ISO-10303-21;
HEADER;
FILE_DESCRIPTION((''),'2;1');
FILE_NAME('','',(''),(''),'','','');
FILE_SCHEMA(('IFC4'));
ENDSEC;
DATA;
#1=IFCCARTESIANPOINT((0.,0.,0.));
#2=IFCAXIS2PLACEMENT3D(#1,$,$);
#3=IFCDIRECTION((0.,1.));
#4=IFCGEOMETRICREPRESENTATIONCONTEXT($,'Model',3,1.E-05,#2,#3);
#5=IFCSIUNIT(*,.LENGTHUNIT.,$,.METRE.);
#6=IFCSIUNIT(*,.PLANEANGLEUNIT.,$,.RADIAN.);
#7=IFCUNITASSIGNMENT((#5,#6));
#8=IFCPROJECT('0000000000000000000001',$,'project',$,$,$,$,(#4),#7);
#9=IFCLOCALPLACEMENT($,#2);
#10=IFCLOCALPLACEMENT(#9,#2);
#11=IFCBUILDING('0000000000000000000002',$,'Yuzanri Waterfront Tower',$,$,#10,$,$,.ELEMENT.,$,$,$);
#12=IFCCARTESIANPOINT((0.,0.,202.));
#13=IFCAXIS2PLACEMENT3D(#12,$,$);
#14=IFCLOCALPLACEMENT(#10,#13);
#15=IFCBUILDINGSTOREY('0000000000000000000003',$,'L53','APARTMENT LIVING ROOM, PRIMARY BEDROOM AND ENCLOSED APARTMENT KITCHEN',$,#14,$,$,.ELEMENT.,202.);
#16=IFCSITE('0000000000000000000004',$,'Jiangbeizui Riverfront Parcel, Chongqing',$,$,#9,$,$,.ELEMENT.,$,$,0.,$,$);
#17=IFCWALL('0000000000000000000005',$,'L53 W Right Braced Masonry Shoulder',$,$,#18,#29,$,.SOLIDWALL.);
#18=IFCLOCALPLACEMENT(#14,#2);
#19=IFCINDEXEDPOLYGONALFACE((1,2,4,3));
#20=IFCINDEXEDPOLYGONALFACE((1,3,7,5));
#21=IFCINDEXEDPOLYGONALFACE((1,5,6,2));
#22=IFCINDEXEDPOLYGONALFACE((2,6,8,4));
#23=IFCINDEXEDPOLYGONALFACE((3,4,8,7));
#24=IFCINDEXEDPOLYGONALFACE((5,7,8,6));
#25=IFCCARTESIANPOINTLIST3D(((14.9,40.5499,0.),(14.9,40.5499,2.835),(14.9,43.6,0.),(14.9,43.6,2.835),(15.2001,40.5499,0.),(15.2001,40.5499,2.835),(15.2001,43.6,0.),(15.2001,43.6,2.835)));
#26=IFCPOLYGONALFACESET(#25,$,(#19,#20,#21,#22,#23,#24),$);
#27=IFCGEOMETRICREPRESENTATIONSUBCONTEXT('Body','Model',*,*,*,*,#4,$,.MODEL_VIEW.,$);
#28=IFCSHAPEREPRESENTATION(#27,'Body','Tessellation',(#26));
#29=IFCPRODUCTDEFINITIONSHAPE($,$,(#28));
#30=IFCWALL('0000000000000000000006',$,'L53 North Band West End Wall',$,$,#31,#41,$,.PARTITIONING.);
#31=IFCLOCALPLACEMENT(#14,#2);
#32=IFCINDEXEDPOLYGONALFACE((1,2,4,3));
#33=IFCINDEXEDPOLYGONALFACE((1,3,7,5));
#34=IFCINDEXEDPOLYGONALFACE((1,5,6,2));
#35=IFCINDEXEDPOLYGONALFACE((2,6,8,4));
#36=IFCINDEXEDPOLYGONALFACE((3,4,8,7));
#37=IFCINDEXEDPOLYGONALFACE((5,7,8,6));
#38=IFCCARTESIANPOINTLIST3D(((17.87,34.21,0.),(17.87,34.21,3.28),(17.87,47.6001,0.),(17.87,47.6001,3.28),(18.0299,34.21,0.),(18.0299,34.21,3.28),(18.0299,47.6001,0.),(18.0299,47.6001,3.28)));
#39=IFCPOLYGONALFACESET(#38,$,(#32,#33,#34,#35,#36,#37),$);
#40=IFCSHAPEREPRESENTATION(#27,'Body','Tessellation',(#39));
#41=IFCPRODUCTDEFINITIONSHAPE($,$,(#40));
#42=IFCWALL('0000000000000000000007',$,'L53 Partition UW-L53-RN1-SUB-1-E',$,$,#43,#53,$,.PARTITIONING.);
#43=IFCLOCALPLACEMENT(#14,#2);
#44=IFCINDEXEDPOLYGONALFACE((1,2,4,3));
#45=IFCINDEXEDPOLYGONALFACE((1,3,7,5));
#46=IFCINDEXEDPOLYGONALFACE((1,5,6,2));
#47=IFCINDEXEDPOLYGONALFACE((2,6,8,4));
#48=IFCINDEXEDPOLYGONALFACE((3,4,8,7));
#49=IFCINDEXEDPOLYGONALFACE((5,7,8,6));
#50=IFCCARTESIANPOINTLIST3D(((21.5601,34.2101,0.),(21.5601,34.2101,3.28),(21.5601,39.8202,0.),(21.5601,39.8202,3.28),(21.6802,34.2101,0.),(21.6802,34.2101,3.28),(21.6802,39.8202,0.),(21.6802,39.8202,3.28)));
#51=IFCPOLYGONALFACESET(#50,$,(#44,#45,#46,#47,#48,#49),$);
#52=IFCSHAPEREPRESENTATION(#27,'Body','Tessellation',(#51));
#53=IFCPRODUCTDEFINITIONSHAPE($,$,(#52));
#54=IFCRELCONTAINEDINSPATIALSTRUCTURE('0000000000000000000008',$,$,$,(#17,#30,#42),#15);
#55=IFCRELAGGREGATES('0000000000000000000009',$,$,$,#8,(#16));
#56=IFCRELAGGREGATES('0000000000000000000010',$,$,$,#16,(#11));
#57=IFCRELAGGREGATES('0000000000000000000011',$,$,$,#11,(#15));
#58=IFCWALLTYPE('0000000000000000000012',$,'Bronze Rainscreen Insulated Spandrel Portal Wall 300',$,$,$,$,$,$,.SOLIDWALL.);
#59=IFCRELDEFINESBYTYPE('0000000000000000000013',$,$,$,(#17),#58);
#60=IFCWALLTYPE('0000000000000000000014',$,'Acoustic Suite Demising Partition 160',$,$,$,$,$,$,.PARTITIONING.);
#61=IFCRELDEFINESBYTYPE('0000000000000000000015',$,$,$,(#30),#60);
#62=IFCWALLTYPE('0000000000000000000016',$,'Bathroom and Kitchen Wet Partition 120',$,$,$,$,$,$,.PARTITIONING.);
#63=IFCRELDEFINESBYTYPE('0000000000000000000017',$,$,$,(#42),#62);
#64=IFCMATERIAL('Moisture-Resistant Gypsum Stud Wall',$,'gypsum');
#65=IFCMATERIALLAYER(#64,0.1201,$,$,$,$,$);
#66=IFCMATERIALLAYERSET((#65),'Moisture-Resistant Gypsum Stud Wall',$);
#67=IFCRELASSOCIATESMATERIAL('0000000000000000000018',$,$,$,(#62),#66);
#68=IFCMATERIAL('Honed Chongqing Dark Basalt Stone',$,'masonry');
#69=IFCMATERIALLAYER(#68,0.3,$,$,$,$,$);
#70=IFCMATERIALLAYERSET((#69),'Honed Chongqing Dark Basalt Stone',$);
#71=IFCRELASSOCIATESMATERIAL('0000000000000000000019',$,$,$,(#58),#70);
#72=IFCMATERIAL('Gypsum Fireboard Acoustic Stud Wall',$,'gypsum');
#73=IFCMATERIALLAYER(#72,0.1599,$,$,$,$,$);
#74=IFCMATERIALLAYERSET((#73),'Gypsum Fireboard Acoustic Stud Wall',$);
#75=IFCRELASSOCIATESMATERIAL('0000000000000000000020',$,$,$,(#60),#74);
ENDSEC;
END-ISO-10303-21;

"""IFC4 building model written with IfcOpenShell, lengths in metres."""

from ifc_helpers import new_model, si_unit, direction, frame, frame_2d, origin, place, context, subcontext, project, spatial, rectangle, extrude, source, transform, mapped, material, layer, layer_set, type_object, element, save


model = new_model("IFC4")

# Units and contexts
model_context = context("Model", 3, precision=1e-05, world=origin(), true_north=direction((0.0, 1.0)))
body_context = subcontext(model_context, "Body", "Model", "MODEL_VIEW")
ifc_project = project(units=[si_unit("LENGTHUNIT", "METRE"), si_unit("PLANEANGLEUNIT", "RADIAN")], contexts=[model_context])

# Site, building, storey
site_placement = place(None, origin())
site = spatial("IfcSite", under=ifc_project, at=site_placement, Name="Jiangbeizui Riverfront Parcel, Chongqing", CompositionType="ELEMENT", RefElevation=0.0)
building_placement = place(site_placement, origin())
building = spatial("IfcBuilding", under=site, at=building_placement, Name="Yuzanri Waterfront Tower", CompositionType="ELEMENT")
storey_placement = place(building_placement, frame((0.0, 0.0, 202.0)))
storey = spatial("IfcBuildingStorey", under=building, at=storey_placement, Name="L53", Description="APARTMENT LIVING ROOM, PRIMARY BEDROOM AND ENCLOSED APARTMENT KITCHEN", CompositionType="ELEMENT", Elevation=202.0)

# Shared definitions
ifc_material_1 = material(Name="Moisture-Resistant Gypsum Stud Wall", Category="gypsum")
ifc_layer_1 = layer(ifc_material_1, 0.1201)
ifc_layer_set_1 = layer_set([ifc_layer_1], Name="Moisture-Resistant Gypsum Stud Wall")
wall_type_1 = type_object("IfcWallType", Name="Bathroom and Kitchen Wet Partition 120", PredefinedType="PARTITIONING", material=ifc_layer_set_1)

# Shared definitions
ifc_material_2 = material(Name="Honed Chongqing Dark Basalt Stone", Category="masonry")
ifc_layer_2 = layer(ifc_material_2, 0.3)
ifc_layer_set_2 = layer_set([ifc_layer_2], Name="Honed Chongqing Dark Basalt Stone")
wall_type_2 = type_object("IfcWallType", Name="Bronze Rainscreen Insulated Spandrel Portal Wall 300", PredefinedType="SOLIDWALL", material=ifc_layer_set_2)

# Walls
shared_shape_1 = source(origin(), body_context, "Body", "SweptSolid", [
    extrude(rectangle(XDim=3.05, YDim=0.3, at=frame_2d((1.5249, 0.0))), origin(), (0.0, 0.0, 1.0), 2.835),
])
for number, where, z_axis, x_axis, name in (
    (1, (15.05, 40.55, 0.0), (0.0, 0.0, 1.0), (0.0, 1.0, 0.0), "L53 W Right Braced Masonry Shoulder"),
):
    element("IfcWall", number, at=place(storey_placement, frame(where, z_axis=z_axis, x_axis=x_axis)), inside=storey, type_object=wall_type_2, Name=name, PredefinedType="SOLIDWALL", context=body_context, shape_type="MappedRepresentation", body=[
        mapped(shared_shape_1, transform((0.0, 0.0, 0.0), scale=1.0)),
    ])
ifc_material_3 = material(Name="Gypsum Fireboard Acoustic Stud Wall", Category="gypsum")
ifc_layer_3 = layer(ifc_material_3, 0.1599)
ifc_layer_set_3 = layer_set([ifc_layer_3], Name="Gypsum Fireboard Acoustic Stud Wall")
wall_type_3 = type_object("IfcWallType", Name="Acoustic Suite Demising Partition 160", PredefinedType="PARTITIONING", material=ifc_layer_set_3)
shared_shape_2 = source(origin(), body_context, "Body", "SweptSolid", [
    extrude(rectangle(XDim=13.3901, YDim=0.1599, at=frame_2d((6.6951, 0.0))), origin(), (0.0, 0.0, 1.0), 3.28),
])
wall_1_placement = place(storey_placement, frame((17.95, 34.21, 0.0), z_axis=(0.0, 0.0, 1.0), x_axis=(0.0, 1.0, 0.0)))
element("IfcWall", 2, at=wall_1_placement, inside=storey, type_object=wall_type_3, Name="L53 North Band West End Wall", PredefinedType="PARTITIONING", context=body_context, shape_type="MappedRepresentation", body=[
    mapped(shared_shape_2, transform((0.0, 0.0, 0.0), scale=1.0)),
])
shared_shape_3 = source(origin(), body_context, "Body", "SweptSolid", [
    extrude(rectangle(XDim=5.6101, YDim=0.1201, at=frame_2d((2.8052, 0.0))), origin(), (0.0, 0.0, 1.0), 3.28),
])
wall_2_placement = place(storey_placement, frame((21.6201, 34.21, 0.0), z_axis=(0.0, 0.0, 1.0), x_axis=(0.0, 1.0, 0.0)))
element("IfcWall", 3, at=wall_2_placement, inside=storey, type_object=wall_type_1, Name="L53 Partition UW-L53-RN1-SUB-1-E", PredefinedType="PARTITIONING", context=body_context, shape_type="MappedRepresentation", body=[
    mapped(shared_shape_3, transform((0.0, 0.0, 0.0), scale=1.0)),
])

save(model, "model.ifc")
